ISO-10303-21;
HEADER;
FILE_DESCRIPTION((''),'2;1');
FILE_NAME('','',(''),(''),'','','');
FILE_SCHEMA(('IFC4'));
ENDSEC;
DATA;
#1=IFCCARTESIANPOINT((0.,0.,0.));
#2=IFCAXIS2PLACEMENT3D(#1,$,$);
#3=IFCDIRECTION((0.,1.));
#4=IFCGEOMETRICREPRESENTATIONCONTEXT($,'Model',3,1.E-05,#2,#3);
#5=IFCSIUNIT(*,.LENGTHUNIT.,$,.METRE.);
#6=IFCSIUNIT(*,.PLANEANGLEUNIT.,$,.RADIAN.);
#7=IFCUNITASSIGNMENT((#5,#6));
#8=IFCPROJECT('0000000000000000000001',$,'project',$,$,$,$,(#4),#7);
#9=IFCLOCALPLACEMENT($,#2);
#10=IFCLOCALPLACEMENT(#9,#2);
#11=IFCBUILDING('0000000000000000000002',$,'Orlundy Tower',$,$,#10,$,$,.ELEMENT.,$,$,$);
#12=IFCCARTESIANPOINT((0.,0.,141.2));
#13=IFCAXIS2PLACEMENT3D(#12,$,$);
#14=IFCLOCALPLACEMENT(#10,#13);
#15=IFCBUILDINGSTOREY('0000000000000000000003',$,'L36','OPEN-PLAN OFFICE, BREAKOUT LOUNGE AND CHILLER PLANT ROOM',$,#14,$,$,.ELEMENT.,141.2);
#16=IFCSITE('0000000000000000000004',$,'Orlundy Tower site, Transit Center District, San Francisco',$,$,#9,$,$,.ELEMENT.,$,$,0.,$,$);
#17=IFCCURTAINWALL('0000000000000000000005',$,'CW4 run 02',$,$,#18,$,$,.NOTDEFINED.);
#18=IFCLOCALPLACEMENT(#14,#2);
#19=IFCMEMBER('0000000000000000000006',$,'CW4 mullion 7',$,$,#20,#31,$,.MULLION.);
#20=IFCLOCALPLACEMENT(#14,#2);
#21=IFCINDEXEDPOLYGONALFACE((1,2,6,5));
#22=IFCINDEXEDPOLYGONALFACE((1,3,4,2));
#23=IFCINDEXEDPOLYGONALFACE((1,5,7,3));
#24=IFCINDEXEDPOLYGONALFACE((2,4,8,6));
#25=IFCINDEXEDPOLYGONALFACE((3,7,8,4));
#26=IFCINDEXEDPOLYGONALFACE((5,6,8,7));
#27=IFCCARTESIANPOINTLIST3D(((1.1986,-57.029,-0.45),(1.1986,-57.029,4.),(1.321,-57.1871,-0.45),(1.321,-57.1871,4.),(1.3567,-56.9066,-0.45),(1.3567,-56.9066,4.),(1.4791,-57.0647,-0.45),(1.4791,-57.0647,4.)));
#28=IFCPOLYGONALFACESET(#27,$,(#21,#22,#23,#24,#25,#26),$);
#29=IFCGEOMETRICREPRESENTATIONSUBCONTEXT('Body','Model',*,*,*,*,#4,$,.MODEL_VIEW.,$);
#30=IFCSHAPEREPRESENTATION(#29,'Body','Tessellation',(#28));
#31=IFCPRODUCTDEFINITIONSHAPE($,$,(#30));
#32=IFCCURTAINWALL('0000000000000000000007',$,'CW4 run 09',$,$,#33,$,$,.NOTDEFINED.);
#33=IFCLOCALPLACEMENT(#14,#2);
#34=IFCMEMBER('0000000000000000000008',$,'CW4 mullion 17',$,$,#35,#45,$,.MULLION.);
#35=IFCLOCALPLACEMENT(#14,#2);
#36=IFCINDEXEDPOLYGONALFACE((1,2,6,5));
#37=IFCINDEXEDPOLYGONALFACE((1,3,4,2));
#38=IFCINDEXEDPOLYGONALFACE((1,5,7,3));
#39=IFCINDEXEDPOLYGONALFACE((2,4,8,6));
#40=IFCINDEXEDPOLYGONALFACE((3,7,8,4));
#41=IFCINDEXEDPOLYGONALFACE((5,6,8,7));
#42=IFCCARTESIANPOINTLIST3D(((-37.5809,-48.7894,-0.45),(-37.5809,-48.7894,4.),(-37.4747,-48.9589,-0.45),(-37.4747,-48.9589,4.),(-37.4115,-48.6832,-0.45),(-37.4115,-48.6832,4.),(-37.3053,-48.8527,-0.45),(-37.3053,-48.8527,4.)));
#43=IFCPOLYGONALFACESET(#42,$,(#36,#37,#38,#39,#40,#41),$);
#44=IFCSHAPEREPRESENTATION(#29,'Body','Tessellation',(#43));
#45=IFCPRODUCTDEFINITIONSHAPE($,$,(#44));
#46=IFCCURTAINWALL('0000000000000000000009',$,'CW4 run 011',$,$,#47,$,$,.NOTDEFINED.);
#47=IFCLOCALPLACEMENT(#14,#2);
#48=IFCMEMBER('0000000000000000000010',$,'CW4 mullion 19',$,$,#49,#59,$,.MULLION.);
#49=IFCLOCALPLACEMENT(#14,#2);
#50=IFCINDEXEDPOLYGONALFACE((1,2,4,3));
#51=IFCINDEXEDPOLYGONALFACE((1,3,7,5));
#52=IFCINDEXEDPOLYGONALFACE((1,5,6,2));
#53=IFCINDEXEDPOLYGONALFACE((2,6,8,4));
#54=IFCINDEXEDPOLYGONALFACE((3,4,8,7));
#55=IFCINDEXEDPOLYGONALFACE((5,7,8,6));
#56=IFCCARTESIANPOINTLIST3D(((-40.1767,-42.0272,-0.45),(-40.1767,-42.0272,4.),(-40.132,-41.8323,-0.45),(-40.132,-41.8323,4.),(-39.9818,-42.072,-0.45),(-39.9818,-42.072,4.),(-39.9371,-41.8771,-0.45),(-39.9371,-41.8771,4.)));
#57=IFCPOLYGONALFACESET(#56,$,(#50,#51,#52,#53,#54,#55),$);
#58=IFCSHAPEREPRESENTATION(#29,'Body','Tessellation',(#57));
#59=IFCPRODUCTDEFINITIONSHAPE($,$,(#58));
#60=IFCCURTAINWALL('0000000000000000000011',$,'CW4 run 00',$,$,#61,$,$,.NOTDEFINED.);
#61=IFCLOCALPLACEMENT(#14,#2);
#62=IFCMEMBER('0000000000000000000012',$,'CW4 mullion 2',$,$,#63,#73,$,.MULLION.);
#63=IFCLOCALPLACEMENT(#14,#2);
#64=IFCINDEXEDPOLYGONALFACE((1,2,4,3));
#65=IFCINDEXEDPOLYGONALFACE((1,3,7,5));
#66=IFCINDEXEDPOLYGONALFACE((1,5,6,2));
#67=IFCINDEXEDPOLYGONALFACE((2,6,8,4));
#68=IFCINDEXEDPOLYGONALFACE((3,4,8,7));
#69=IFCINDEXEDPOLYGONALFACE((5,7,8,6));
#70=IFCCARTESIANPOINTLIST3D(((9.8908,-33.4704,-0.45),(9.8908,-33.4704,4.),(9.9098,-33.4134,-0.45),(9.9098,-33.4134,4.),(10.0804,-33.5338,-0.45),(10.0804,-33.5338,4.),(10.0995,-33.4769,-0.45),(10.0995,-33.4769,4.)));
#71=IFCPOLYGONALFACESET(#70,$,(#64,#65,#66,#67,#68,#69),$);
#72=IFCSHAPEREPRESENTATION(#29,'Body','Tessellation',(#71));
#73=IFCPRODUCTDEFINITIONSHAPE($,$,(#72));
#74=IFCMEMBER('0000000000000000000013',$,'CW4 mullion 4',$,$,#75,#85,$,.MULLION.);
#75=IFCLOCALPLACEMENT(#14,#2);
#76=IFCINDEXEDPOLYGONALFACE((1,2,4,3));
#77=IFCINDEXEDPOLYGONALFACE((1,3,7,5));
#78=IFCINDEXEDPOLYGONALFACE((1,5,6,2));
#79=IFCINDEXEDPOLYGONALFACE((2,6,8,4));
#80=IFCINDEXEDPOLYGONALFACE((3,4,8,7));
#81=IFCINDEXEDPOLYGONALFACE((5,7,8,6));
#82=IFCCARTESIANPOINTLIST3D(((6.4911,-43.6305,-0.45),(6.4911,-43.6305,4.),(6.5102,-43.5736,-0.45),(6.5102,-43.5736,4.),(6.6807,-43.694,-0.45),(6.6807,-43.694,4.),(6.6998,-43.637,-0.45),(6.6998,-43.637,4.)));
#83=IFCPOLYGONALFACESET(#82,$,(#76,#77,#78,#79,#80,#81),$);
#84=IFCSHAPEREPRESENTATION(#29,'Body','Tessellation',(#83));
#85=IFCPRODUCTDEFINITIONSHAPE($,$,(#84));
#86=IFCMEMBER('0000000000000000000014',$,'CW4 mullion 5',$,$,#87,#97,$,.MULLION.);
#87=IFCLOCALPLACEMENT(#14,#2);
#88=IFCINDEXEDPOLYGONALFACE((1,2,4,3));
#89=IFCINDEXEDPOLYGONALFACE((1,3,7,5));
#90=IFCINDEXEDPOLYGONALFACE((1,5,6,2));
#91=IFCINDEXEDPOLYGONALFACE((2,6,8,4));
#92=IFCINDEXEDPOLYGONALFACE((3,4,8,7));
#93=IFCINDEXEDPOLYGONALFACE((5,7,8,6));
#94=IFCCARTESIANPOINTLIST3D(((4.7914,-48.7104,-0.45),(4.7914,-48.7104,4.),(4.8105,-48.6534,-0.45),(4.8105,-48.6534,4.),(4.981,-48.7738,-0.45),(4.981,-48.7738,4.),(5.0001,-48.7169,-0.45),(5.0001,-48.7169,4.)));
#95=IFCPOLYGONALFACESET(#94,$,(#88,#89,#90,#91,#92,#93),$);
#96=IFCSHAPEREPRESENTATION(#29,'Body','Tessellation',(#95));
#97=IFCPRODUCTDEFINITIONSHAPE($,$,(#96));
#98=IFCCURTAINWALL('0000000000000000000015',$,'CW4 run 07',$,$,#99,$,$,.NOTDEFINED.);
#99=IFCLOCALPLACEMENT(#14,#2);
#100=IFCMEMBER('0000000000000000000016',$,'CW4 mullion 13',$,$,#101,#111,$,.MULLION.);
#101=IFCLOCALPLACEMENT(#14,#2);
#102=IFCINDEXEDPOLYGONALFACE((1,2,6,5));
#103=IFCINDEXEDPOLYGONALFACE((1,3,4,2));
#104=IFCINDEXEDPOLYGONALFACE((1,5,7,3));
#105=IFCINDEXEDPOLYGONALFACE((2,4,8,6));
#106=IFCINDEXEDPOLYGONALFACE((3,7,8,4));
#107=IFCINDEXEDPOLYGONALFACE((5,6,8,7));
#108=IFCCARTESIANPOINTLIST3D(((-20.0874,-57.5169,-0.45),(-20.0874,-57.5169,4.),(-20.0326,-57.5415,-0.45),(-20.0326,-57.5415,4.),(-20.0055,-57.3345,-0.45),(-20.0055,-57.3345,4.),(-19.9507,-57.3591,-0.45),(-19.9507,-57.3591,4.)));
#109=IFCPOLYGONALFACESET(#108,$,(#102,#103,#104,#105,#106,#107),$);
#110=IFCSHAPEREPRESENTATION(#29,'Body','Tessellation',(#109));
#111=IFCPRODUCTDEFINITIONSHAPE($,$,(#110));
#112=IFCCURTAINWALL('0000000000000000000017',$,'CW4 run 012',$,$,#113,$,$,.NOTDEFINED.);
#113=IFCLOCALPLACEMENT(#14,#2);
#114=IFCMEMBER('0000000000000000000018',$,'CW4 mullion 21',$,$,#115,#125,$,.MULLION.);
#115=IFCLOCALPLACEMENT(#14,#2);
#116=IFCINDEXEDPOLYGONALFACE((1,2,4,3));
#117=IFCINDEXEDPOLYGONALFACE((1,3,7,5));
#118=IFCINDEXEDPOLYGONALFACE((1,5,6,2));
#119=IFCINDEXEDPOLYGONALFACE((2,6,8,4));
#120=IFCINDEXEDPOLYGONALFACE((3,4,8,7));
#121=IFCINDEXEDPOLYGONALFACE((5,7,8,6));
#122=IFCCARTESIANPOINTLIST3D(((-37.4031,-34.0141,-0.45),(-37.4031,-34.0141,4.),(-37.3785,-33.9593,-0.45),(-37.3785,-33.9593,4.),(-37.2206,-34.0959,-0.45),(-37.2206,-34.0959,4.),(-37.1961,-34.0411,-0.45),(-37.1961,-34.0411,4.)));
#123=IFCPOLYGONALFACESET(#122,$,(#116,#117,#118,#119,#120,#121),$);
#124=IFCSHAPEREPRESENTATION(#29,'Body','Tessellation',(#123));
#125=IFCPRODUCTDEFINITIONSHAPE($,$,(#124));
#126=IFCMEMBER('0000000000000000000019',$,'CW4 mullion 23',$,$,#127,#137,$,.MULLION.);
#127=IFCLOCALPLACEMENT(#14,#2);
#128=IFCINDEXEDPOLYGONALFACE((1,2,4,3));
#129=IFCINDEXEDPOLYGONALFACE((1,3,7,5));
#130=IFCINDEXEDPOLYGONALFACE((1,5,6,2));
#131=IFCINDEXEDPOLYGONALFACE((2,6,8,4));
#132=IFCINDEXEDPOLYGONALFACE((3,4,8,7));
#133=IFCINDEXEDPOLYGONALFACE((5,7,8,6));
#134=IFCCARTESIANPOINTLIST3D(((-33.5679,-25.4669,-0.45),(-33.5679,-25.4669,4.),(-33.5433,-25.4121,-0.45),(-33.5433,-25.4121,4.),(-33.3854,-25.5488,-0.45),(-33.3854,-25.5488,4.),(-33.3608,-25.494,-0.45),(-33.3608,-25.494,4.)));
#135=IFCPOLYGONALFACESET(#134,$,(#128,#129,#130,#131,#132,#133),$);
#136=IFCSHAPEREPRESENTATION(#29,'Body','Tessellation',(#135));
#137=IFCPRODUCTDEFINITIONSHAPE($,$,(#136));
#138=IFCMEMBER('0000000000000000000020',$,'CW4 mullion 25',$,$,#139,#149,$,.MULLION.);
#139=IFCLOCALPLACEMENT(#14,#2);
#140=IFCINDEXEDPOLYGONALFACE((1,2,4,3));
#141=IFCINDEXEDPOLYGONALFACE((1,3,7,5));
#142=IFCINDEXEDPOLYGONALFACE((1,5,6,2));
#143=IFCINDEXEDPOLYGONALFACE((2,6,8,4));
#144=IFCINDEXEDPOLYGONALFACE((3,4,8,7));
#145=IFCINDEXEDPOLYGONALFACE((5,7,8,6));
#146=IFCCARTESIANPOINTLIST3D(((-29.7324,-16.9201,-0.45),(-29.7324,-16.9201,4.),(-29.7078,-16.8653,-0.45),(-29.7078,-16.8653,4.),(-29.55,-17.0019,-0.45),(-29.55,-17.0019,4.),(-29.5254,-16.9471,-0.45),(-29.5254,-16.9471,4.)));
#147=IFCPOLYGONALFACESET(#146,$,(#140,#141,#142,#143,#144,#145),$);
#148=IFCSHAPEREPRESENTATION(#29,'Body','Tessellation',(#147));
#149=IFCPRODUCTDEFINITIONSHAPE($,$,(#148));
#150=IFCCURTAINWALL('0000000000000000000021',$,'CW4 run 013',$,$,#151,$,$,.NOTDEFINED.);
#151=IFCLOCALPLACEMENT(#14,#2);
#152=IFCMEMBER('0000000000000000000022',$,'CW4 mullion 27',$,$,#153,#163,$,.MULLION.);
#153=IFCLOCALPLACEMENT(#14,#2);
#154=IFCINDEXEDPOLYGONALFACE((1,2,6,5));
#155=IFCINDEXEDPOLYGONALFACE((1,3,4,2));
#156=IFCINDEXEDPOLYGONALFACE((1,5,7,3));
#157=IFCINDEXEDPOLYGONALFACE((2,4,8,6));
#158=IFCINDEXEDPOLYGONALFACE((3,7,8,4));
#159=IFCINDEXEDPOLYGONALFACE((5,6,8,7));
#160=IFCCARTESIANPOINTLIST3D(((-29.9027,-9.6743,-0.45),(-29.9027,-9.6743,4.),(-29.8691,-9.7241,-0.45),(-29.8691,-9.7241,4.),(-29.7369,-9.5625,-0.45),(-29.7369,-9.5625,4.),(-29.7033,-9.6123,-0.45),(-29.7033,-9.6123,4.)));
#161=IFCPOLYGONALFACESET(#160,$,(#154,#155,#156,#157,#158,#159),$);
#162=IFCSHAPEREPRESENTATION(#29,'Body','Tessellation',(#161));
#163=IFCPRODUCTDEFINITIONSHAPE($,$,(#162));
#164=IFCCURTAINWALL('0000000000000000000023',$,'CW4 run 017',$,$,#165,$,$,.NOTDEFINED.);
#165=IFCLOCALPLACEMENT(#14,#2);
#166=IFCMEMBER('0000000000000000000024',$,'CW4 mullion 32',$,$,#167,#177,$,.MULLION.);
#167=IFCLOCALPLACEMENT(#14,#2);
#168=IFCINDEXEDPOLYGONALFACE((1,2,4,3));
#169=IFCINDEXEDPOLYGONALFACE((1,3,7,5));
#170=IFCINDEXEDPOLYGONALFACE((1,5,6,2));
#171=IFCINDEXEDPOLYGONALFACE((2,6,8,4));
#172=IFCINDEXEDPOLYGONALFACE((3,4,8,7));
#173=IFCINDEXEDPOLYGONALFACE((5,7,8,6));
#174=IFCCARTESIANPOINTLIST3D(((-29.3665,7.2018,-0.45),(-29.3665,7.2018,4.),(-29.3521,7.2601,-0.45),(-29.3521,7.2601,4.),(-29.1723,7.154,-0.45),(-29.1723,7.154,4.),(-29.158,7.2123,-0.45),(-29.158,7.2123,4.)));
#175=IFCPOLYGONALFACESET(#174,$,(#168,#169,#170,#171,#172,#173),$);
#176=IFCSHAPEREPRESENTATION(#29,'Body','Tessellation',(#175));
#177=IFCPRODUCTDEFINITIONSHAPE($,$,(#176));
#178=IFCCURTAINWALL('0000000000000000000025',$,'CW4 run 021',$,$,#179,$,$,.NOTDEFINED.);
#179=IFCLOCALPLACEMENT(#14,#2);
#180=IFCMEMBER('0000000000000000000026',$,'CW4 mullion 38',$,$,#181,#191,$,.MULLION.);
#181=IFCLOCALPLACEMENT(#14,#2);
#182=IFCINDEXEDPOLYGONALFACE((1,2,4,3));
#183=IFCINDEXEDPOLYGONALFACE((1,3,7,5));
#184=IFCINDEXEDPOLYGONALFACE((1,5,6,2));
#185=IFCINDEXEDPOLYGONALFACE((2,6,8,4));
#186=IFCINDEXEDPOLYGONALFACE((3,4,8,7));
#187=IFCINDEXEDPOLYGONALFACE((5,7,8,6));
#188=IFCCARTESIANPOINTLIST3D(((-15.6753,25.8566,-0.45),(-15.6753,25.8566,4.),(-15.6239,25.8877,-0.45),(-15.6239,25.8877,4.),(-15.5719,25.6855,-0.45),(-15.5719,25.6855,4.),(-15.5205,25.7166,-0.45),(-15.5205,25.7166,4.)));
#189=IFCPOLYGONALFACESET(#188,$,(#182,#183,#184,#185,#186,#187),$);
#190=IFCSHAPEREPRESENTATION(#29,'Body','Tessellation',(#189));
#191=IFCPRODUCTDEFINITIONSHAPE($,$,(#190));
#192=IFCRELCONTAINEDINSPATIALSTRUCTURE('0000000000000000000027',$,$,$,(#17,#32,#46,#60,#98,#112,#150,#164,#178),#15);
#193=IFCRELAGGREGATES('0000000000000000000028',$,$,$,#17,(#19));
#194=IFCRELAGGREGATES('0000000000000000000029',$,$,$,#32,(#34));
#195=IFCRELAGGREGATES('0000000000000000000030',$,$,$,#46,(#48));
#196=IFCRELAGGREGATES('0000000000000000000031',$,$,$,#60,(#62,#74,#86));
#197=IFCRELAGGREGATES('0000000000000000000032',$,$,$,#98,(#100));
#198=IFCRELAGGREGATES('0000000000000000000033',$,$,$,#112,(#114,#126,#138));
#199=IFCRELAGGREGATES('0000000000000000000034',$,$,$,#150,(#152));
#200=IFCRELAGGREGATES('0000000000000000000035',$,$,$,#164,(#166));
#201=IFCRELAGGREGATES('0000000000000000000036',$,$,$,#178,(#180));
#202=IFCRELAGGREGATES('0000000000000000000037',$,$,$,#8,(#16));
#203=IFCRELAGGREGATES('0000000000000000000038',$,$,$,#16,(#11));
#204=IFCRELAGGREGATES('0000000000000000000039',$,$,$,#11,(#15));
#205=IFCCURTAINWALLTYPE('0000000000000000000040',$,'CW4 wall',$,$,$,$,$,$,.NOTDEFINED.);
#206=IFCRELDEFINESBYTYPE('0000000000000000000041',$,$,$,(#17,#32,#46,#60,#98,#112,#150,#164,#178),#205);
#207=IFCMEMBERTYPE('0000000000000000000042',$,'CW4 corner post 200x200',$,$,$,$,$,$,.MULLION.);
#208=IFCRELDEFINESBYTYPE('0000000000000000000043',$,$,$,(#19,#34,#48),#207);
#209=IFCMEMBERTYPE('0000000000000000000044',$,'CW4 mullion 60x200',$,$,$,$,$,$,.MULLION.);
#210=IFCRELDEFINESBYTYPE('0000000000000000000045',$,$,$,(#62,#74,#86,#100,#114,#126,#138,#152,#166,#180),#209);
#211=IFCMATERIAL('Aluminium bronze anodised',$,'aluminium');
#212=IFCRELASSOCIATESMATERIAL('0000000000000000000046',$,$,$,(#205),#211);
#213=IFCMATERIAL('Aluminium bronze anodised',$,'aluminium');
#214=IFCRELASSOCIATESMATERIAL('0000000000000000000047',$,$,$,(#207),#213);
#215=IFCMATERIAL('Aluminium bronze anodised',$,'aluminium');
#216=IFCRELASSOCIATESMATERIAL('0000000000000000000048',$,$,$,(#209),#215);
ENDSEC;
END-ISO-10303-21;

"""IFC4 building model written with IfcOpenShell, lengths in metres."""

from ifc_helpers import new_model, si_unit, direction, frame, origin, origin_2d, place, context, subcontext, project, spatial, rectangle, extrude, material, material_profile, profile_set, type_object, element, aggregate, save


model = new_model("IFC4")

# Units and contexts
model_context = context("Model", 3, precision=1e-05, world=origin(), true_north=direction((0.0, 1.0)))
body_context = subcontext(model_context, "Body", "Model", "MODEL_VIEW")
ifc_project = project(units=[si_unit("LENGTHUNIT", "METRE"), si_unit("PLANEANGLEUNIT", "RADIAN")], contexts=[model_context])

# Site, building, storey
site_placement = place(None, origin())
site = spatial("IfcSite", under=ifc_project, at=site_placement, Name="Orlundy Tower site, Transit Center District, San Francisco", CompositionType="ELEMENT", RefElevation=0.0)
building_placement = place(site_placement, origin())
building = spatial("IfcBuilding", under=site, at=building_placement, Name="Orlundy Tower", CompositionType="ELEMENT")
storey_placement = place(building_placement, frame((0.0, 0.0, 141.2)))
storey = spatial("IfcBuildingStorey", under=building, at=storey_placement, Name="L36", Description="OPEN-PLAN OFFICE, BREAKOUT LOUNGE AND CHILLER PLANT ROOM", CompositionType="ELEMENT", Elevation=141.2)

# Curtain walls, members
ifc_material_1 = material(Name="Aluminium bronze anodised", Category="aluminium")
curtain_wall_type = type_object("IfcCurtainWallType", Name="CW4 wall", PredefinedType="NOTDEFINED", material=ifc_material_1)
curtain_wall_1_placement = place(storey_placement, origin())
curtain_wall_1 = element("IfcCurtainWall", 1, at=curtain_wall_1_placement, inside=storey, type_object=curtain_wall_type, Name="CW4 run 02", PredefinedType="NOTDEFINED")
ifc_material_2 = material(Name="Aluminium bronze anodised", Category="aluminium")
ifc_material_profile_1 = material_profile(ifc_material_2, rectangle(XDim=0.2, YDim=0.2, at=origin_2d()), Name="CW4 corner post 200x200")
ifc_profile_set_1 = profile_set([ifc_material_profile_1], Name="Aluminium bronze anodised")
member_type_1 = type_object("IfcMemberType", Name="CW4 corner post 200x200", PredefinedType="MULLION", material=ifc_profile_set_1)
member_1_placement = place(storey_placement, frame((1.3389, -57.0469, -0.45), z_axis=(0.0, 0.0, 1.0), x_axis=(0.612315, -0.790614, 0.0)))
member_1 = element("IfcMember", 2, at=member_1_placement, type_object=member_type_1, Name="CW4 mullion 7", PredefinedType="MULLION", context=body_context, shape_type="SweptSolid", body=[
    extrude(rectangle(XDim=0.2, YDim=0.2, at=origin_2d()), origin(), (0.0, 0.0, 1.0), 4.45),
])
aggregate(curtain_wall_1, [member_1])
curtain_wall_2_placement = place(storey_placement, origin())
curtain_wall_2 = element("IfcCurtainWall", 3, at=curtain_wall_2_placement, inside=storey, type_object=curtain_wall_type, Name="CW4 run 09", PredefinedType="NOTDEFINED")
member_2_placement = place(storey_placement, frame((-37.4431, -48.821, -0.45), z_axis=(0.0, 0.0, 1.0), x_axis=(-0.847285, -0.531138, 0.0)))
member_2 = element("IfcMember", 4, at=member_2_placement, type_object=member_type_1, Name="CW4 mullion 17", PredefinedType="MULLION", context=body_context, shape_type="SweptSolid", body=[
    extrude(rectangle(XDim=0.2, YDim=0.2, at=origin_2d()), origin(), (0.0, 0.0, 1.0), 4.45),
])
aggregate(curtain_wall_2, [member_2])
curtain_wall_3_placement = place(storey_placement, origin())
curtain_wall_3 = element("IfcCurtainWall", 5, at=curtain_wall_3_placement, inside=storey, type_object=curtain_wall_type, Name="CW4 run 011", PredefinedType="NOTDEFINED")
member_3_placement = place(storey_placement, frame((-40.0569, -41.9521, -0.45), z_axis=(0.0, 0.0, 1.0), x_axis=(-0.974672, 0.223638, 0.0)))
member_3 = element("IfcMember", 6, at=member_3_placement, type_object=member_type_1, Name="CW4 mullion 19", PredefinedType="MULLION", context=body_context, shape_type="SweptSolid", body=[
    extrude(rectangle(XDim=0.2, YDim=0.2, at=origin_2d()), origin(), (0.0, 0.0, 1.0), 4.45),
])
aggregate(curtain_wall_3, [member_3])

# Curtain wall, members
curtain_wall_4_placement = place(storey_placement, origin())
curtain_wall_4 = element("IfcCurtainWall", 7, at=curtain_wall_4_placement, inside=storey, type_object=curtain_wall_type, Name="CW4 run 00", PredefinedType="NOTDEFINED")
ifc_material_3 = material(Name="Aluminium bronze anodised", Category="aluminium")
ifc_material_profile_2 = material_profile(ifc_material_3, rectangle(XDim=0.2, YDim=0.0601, at=origin_2d()), Name="CW4 mullion 60x200")
ifc_profile_set_2 = profile_set([ifc_material_profile_2], Name="Aluminium bronze anodised")
member_type_2 = type_object("IfcMemberType", Name="CW4 mullion 60x200", PredefinedType="MULLION", material=ifc_profile_set_2)
member_4_placement = place(storey_placement, frame((9.9951, -33.4736, -0.45), z_axis=(0.0, 0.0, 1.0), x_axis=(0.948321, -0.317314, 0.0)))
member_4 = element("IfcMember", 8, at=member_4_placement, type_object=member_type_2, Name="CW4 mullion 2", PredefinedType="MULLION", context=body_context, shape_type="SweptSolid", body=[
    extrude(rectangle(XDim=0.2, YDim=0.0601, at=origin_2d()), origin(), (0.0, 0.0, 1.0), 4.45),
])
member_5_placement = place(storey_placement, frame((6.5955, -43.6338, -0.45), z_axis=(0.0, 0.0, 1.0), x_axis=(0.948321, -0.317314, 0.0)))
member_5 = element("IfcMember", 9, at=member_5_placement, type_object=member_type_2, Name="CW4 mullion 4", PredefinedType="MULLION", context=body_context, shape_type="SweptSolid", body=[
    extrude(rectangle(XDim=0.2, YDim=0.0601, at=origin_2d()), origin(), (0.0, 0.0, 1.0), 4.45),
])
member_6_placement = place(storey_placement, frame((4.8958, -48.7136, -0.45), z_axis=(0.0, 0.0, 1.0), x_axis=(0.948321, -0.317314, 0.0)))
member_6 = element("IfcMember", 10, at=member_6_placement, type_object=member_type_2, Name="CW4 mullion 5", PredefinedType="MULLION", context=body_context, shape_type="SweptSolid", body=[
    extrude(rectangle(XDim=0.2, YDim=0.0601, at=origin_2d()), origin(), (0.0, 0.0, 1.0), 4.45),
])
aggregate(curtain_wall_4, [member_4, member_5, member_6])

# Curtain wall, member
curtain_wall_5_placement = place(storey_placement, origin())
curtain_wall_5 = element("IfcCurtainWall", 11, at=curtain_wall_5_placement, inside=storey, type_object=curtain_wall_type, Name="CW4 run 07", PredefinedType="NOTDEFINED")
member_7_placement = place(storey_placement, frame((-20.019, -57.438, -0.45), z_axis=(0.0, 0.0, 1.0), x_axis=(-0.409374, -0.912366, 0.0)))
member_7 = element("IfcMember", 12, at=member_7_placement, type_object=member_type_2, Name="CW4 mullion 13", PredefinedType="MULLION", context=body_context, shape_type="SweptSolid", body=[
    extrude(rectangle(XDim=0.2, YDim=0.0601, at=origin_2d()), origin(), (0.0, 0.0, 1.0), 4.45),
])
aggregate(curtain_wall_5, [member_7])

# Curtain wall, members
curtain_wall_6_placement = place(storey_placement, origin())
curtain_wall_6 = element("IfcCurtainWall", 13, at=curtain_wall_6_placement, inside=storey, type_object=curtain_wall_type, Name="CW4 run 012", PredefinedType="NOTDEFINED")
member_8_placement = place(storey_placement, frame((-37.2996, -34.0276, -0.45), z_axis=(0.0, 0.0, 1.0), x_axis=(-0.912353, 0.409404, 0.0)))
member_8 = element("IfcMember", 14, at=member_8_placement, type_object=member_type_2, Name="CW4 mullion 21", PredefinedType="MULLION", context=body_context, shape_type="SweptSolid", body=[
    extrude(rectangle(XDim=0.2, YDim=0.0601, at=origin_2d()), origin(), (0.0, 0.0, 1.0), 4.45),
])
member_9_placement = place(storey_placement, frame((-33.4644, -25.4805, -0.45), z_axis=(0.0, 0.0, 1.0), x_axis=(-0.912353, 0.409404, 0.0)))
member_9 = element("IfcMember", 15, at=member_9_placement, type_object=member_type_2, Name="CW4 mullion 23", PredefinedType="MULLION", context=body_context, shape_type="SweptSolid", body=[
    extrude(rectangle(XDim=0.2, YDim=0.0601, at=origin_2d()), origin(), (0.0, 0.0, 1.0), 4.45),
])
member_10_placement = place(storey_placement, frame((-29.6289, -16.9336, -0.45), z_axis=(0.0, 0.0, 1.0), x_axis=(-0.912353, 0.409404, 0.0)))
member_10 = element("IfcMember", 16, at=member_10_placement, type_object=member_type_2, Name="CW4 mullion 25", PredefinedType="MULLION", context=body_context, shape_type="SweptSolid", body=[
    extrude(rectangle(XDim=0.2, YDim=0.0601, at=origin_2d()), origin(), (0.0, 0.0, 1.0), 4.45),
])
aggregate(curtain_wall_6, [member_8, member_9, member_10])

# Curtain walls, members
curtain_wall_7_placement = place(storey_placement, origin())
curtain_wall_7 = element("IfcCurtainWall", 17, at=curtain_wall_7_placement, inside=storey, type_object=curtain_wall_type, Name="CW4 run 013", PredefinedType="NOTDEFINED")
member_11_placement = place(storey_placement, frame((-29.803, -9.6433, -0.45), z_axis=(0.0, 0.0, 1.0), x_axis=(-0.829048, -0.559178, 0.0)))
member_11 = element("IfcMember", 18, at=member_11_placement, type_object=member_type_2, Name="CW4 mullion 27", PredefinedType="MULLION", context=body_context, shape_type="SweptSolid", body=[
    extrude(rectangle(XDim=0.2, YDim=0.0601, at=origin_2d()), origin(), (0.0, 0.0, 1.0), 4.45),
])
aggregate(curtain_wall_7, [member_11])
curtain_wall_8_placement = place(storey_placement, origin())
curtain_wall_8 = element("IfcCurtainWall", 19, at=curtain_wall_8_placement, inside=storey, type_object=curtain_wall_type, Name="CW4 run 017", PredefinedType="NOTDEFINED")
member_12_placement = place(storey_placement, frame((-29.2622, 7.207, -0.45), z_axis=(0.0, 0.0, 1.0), x_axis=(-0.970994, 0.239104, 0.0)))
member_12 = element("IfcMember", 20, at=member_12_placement, type_object=member_type_2, Name="CW4 mullion 32", PredefinedType="MULLION", context=body_context, shape_type="SweptSolid", body=[
    extrude(rectangle(XDim=0.2, YDim=0.0601, at=origin_2d()), origin(), (0.0, 0.0, 1.0), 4.45),
])
aggregate(curtain_wall_8, [member_12])
curtain_wall_9_placement = place(storey_placement, origin())
curtain_wall_9 = element("IfcCurtainWall", 21, at=curtain_wall_9_placement, inside=storey, type_object=curtain_wall_type, Name="CW4 run 021", PredefinedType="NOTDEFINED")
member_13_placement = place(storey_placement, frame((-15.5979, 25.7866, -0.45), z_axis=(0.0, 0.0, 1.0), x_axis=(-0.517544, 0.855657, 0.0)))
member_13 = element("IfcMember", 22, at=member_13_placement, type_object=member_type_2, Name="CW4 mullion 38", PredefinedType="MULLION", context=body_context, shape_type="SweptSolid", body=[
    extrude(rectangle(XDim=0.2, YDim=0.0601, at=origin_2d()), origin(), (0.0, 0.0, 1.0), 4.45),
])
aggregate(curtain_wall_9, [member_13])

save(model, "model.ifc")
